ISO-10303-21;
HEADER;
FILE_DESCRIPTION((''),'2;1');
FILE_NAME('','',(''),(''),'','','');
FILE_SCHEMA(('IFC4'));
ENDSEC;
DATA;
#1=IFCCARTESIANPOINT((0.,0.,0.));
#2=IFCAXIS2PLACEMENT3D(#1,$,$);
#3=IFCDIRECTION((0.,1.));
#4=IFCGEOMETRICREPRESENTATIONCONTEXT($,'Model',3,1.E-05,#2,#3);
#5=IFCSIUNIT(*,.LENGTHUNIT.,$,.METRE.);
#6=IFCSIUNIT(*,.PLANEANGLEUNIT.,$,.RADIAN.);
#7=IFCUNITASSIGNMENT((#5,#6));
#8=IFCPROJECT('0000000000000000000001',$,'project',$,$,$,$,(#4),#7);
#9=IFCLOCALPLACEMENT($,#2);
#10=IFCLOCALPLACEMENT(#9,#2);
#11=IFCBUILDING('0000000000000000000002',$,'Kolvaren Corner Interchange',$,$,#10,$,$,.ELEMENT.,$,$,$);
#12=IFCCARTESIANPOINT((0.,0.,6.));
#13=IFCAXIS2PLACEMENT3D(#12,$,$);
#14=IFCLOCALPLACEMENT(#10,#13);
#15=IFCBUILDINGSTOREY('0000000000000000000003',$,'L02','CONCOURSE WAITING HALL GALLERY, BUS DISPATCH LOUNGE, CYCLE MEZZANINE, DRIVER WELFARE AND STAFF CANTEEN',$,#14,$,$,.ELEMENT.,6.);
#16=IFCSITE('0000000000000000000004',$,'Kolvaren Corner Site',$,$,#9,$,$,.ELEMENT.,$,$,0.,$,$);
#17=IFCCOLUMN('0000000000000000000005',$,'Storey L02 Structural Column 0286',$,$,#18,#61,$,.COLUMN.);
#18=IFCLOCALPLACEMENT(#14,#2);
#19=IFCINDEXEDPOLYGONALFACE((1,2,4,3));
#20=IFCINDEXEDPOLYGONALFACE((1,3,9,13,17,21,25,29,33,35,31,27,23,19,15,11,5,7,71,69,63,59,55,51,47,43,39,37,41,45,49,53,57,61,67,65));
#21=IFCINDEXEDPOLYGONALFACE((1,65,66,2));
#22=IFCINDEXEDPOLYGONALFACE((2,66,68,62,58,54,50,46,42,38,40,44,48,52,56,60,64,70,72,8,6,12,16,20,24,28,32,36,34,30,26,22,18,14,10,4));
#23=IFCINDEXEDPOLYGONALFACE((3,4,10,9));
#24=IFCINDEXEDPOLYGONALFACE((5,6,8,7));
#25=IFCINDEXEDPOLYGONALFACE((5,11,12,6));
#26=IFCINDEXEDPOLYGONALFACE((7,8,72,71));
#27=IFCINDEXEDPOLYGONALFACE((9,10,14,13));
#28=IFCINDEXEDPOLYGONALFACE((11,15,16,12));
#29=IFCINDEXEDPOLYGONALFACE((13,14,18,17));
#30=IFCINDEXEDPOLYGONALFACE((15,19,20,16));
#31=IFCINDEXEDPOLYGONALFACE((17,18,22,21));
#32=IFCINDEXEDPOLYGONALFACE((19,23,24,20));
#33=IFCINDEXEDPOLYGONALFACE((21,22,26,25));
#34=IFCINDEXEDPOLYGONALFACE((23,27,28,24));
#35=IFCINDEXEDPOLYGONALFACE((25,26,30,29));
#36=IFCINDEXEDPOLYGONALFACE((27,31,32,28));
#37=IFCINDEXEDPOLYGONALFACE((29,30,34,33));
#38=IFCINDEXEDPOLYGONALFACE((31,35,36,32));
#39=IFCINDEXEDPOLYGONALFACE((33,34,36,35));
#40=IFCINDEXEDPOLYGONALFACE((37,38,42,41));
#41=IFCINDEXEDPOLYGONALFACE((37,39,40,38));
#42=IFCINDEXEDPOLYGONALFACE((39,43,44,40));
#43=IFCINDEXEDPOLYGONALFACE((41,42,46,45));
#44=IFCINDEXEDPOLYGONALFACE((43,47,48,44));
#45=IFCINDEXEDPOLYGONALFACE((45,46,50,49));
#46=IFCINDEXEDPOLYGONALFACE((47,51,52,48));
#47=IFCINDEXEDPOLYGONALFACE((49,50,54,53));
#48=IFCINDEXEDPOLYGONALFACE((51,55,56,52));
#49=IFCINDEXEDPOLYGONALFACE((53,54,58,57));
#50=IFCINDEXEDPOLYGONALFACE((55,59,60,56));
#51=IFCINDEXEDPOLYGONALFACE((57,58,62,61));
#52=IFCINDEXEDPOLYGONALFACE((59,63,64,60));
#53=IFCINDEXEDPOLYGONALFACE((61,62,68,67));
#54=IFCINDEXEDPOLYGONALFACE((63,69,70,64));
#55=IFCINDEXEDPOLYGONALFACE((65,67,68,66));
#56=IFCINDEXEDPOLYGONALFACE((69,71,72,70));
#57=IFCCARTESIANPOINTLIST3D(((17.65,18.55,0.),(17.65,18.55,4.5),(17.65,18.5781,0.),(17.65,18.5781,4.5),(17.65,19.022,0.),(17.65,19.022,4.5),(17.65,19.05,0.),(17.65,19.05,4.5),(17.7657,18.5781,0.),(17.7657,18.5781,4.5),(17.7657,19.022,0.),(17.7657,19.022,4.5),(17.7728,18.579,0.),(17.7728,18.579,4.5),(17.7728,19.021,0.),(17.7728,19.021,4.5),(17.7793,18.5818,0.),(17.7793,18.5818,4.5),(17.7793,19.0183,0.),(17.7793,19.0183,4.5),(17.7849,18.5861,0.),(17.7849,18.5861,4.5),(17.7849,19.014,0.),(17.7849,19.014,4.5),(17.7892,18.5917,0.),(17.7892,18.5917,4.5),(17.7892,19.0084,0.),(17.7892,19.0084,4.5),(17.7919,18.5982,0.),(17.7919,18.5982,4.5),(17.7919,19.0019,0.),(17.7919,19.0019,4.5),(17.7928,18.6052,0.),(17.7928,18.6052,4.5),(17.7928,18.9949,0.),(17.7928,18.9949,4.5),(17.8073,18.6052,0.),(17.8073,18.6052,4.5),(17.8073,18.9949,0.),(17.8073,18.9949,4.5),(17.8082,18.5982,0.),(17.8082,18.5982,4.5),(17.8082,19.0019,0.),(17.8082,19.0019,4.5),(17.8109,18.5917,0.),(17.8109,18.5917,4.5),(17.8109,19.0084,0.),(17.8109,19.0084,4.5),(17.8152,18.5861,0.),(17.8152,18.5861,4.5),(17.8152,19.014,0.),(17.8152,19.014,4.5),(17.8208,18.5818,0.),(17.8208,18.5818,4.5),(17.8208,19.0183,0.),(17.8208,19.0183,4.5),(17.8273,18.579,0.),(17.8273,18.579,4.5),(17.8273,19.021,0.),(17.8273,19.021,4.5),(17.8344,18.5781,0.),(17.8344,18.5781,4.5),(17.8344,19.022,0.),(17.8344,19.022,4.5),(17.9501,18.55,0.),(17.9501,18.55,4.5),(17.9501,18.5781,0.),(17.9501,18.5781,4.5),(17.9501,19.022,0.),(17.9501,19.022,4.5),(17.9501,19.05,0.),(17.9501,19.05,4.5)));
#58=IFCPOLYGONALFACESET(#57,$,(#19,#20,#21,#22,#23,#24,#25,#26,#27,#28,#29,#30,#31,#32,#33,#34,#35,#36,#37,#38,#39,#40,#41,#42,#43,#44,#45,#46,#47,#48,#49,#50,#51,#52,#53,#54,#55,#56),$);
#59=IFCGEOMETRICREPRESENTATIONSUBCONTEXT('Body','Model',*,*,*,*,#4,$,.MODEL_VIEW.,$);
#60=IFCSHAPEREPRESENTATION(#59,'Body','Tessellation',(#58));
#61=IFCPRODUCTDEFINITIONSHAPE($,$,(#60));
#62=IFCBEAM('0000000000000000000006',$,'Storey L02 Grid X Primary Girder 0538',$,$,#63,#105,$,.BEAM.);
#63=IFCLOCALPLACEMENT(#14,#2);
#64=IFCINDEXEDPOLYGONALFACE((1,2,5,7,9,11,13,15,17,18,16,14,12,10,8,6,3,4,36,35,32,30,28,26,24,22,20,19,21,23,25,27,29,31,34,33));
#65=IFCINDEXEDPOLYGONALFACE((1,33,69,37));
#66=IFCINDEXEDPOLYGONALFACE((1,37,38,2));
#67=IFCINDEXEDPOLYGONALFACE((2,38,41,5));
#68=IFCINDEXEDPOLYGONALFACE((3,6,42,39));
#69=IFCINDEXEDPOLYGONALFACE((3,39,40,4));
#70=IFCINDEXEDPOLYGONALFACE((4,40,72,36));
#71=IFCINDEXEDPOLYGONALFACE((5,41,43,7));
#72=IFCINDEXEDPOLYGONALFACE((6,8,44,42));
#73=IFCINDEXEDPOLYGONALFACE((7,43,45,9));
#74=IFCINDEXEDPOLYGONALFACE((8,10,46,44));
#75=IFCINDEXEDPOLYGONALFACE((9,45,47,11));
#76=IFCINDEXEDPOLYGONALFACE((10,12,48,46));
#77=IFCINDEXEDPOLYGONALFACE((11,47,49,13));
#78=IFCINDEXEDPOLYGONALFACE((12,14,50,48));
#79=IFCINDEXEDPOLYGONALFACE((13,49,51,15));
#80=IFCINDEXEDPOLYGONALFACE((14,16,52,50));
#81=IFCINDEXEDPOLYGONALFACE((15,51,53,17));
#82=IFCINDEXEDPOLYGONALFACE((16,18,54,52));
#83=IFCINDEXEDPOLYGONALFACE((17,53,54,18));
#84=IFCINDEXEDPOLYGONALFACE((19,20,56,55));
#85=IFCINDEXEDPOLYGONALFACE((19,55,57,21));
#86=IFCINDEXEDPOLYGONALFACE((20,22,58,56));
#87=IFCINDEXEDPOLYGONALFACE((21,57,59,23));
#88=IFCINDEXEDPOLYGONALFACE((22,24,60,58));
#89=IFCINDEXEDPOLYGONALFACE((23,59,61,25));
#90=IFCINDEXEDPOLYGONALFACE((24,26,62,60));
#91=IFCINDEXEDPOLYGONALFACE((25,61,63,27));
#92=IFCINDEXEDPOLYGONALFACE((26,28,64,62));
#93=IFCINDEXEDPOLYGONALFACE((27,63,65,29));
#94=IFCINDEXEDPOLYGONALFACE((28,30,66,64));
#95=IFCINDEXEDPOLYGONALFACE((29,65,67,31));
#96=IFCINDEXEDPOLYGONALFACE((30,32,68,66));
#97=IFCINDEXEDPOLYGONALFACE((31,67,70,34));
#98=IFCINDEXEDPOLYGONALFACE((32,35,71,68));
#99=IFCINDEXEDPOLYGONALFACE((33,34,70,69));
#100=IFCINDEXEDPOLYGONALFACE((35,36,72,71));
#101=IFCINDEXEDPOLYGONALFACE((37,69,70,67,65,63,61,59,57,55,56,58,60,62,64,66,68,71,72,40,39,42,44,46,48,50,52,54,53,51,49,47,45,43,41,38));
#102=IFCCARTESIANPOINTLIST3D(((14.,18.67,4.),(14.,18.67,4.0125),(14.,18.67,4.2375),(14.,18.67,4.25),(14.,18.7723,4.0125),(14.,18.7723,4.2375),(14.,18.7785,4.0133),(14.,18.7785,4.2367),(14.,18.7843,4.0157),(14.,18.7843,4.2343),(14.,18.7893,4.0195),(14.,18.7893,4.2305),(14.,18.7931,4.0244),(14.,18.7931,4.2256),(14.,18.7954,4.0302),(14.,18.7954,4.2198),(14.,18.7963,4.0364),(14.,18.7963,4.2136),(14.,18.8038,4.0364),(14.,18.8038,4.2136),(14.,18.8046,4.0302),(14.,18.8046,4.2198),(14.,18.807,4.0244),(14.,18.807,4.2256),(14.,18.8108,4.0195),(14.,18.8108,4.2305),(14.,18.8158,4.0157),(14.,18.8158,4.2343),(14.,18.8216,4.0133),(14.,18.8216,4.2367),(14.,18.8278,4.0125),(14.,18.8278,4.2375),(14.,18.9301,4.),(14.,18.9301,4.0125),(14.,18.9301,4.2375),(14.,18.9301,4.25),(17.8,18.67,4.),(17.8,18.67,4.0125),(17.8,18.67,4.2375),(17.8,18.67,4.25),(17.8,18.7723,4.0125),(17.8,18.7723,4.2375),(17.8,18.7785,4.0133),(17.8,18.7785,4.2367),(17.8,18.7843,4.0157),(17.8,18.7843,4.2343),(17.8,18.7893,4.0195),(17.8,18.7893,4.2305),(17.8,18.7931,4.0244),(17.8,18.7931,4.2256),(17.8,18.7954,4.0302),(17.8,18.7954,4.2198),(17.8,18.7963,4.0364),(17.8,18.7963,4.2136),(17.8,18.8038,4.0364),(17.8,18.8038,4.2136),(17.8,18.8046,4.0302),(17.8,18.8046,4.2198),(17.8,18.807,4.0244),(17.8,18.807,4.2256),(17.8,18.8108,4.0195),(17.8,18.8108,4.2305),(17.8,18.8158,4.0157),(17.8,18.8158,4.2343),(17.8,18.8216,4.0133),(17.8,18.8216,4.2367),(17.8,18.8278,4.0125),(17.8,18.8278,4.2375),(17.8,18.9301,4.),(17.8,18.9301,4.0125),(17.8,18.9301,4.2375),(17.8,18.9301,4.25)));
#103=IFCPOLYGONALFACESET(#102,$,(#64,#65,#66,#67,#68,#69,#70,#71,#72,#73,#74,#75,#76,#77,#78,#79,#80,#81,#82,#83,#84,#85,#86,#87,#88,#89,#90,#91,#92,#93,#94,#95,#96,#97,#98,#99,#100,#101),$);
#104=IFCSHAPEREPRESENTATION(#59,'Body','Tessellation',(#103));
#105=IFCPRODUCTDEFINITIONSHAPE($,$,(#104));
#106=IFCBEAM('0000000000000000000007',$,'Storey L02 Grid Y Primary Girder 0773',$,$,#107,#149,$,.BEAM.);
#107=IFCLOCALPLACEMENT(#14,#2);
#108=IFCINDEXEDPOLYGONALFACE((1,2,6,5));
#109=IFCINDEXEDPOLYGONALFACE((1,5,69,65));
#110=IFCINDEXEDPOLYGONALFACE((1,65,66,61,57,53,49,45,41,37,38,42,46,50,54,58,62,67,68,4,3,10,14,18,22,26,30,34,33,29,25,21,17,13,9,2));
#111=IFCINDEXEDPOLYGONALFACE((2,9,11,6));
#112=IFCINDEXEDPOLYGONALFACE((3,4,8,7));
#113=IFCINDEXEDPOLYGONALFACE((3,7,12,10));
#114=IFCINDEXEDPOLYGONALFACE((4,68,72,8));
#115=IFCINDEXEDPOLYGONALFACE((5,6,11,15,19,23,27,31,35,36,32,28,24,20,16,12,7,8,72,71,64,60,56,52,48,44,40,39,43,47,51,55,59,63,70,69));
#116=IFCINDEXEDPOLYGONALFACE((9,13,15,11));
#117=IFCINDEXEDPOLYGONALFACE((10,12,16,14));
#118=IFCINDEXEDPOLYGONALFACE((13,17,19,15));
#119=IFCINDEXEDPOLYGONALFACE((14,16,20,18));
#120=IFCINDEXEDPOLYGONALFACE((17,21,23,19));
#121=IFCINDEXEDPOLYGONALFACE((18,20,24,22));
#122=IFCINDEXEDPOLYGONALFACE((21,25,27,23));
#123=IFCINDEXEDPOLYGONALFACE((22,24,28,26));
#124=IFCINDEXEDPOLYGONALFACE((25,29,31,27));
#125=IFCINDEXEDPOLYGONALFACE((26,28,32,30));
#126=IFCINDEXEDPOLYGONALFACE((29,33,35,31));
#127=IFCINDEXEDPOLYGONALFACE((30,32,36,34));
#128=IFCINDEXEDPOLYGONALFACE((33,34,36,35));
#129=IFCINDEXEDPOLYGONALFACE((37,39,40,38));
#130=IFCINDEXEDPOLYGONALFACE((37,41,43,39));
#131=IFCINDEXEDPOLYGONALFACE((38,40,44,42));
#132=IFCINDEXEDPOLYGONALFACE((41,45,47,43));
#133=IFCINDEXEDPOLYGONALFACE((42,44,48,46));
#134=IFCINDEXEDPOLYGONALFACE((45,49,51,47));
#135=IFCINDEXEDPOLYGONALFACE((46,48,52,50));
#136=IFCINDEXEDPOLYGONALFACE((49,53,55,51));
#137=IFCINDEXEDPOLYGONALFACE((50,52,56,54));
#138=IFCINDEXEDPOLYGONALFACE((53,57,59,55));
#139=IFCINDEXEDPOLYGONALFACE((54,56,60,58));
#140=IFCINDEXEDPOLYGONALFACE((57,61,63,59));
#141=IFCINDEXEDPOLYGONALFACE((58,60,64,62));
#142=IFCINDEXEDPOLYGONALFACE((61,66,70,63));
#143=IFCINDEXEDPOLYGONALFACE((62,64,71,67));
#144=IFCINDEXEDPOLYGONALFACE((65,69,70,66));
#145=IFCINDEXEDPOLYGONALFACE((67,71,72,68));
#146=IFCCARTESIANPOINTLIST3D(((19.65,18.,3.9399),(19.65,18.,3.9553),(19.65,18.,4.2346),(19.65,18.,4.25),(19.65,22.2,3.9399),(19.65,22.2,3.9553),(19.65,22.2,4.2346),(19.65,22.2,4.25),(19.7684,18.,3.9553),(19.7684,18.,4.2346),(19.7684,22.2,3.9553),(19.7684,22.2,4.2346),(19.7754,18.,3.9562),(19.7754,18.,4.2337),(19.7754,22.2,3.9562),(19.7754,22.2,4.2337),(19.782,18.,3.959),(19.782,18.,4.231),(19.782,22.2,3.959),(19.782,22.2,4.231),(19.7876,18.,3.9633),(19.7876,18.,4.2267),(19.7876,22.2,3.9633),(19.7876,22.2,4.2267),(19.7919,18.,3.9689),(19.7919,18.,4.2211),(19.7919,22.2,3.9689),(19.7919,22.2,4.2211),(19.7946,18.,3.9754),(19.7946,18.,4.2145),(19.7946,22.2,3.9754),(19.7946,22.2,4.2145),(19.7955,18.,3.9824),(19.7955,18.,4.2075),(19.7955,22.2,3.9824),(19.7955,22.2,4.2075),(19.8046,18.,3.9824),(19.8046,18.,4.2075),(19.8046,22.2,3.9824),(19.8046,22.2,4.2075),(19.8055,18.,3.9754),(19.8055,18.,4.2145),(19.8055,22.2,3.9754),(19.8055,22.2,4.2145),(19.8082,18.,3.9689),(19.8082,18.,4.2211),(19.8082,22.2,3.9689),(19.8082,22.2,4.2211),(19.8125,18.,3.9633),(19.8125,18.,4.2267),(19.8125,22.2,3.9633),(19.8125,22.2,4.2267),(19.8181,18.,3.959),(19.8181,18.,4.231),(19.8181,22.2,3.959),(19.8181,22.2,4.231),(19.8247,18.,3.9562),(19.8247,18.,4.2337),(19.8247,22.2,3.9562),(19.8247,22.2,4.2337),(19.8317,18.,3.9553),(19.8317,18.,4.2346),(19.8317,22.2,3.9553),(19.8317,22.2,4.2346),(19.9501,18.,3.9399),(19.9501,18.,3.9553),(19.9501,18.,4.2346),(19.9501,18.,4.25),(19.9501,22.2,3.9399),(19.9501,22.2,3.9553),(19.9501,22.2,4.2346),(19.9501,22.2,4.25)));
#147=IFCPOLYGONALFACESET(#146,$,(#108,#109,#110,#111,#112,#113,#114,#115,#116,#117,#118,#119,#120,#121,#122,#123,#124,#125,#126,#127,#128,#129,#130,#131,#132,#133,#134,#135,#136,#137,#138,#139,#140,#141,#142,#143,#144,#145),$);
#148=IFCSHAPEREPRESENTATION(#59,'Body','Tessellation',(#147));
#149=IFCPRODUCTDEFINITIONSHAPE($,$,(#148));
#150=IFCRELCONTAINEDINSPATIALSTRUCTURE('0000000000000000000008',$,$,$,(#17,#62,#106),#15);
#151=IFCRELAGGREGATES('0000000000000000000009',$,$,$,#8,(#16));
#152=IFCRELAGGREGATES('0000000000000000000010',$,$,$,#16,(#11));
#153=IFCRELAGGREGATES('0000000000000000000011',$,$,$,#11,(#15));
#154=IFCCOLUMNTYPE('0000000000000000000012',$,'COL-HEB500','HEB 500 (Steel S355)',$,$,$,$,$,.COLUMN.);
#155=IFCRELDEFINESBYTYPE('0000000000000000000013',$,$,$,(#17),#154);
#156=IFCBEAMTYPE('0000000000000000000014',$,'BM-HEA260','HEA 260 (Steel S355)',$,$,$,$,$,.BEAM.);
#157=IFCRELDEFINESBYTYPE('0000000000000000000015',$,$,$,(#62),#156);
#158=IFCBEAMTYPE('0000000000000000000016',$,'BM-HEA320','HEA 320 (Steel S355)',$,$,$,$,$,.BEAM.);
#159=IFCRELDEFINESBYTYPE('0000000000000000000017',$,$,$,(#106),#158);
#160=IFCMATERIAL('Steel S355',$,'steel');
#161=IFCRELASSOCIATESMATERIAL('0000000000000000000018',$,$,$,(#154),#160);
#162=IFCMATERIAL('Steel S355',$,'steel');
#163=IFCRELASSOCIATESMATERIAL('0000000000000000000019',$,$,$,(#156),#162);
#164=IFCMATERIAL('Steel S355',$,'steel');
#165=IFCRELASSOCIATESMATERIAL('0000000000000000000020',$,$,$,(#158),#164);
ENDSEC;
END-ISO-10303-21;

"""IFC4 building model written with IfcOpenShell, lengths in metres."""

from ifc_helpers import new_model, si_unit, direction, frame, origin, origin_2d, place, context, subcontext, project, spatial, i_section, extrude, material, material_profile, profile_set, type_object, element, save


model = new_model("IFC4")

# Units and contexts
model_context = context("Model", 3, precision=1e-05, world=origin(), true_north=direction((0.0, 1.0)))
body_context = subcontext(model_context, "Body", "Model", "MODEL_VIEW")
ifc_project = project(units=[si_unit("LENGTHUNIT", "METRE"), si_unit("PLANEANGLEUNIT", "RADIAN")], contexts=[model_context])

# Site, building, storey
site_placement = place(None, origin())
site = spatial("IfcSite", under=ifc_project, at=site_placement, Name="Kolvaren Corner Site", CompositionType="ELEMENT", RefElevation=0.0)
building_placement = place(site_placement, origin())
building = spatial("IfcBuilding", under=site, at=building_placement, Name="Kolvaren Corner Interchange", CompositionType="ELEMENT")
storey_placement = place(building_placement, frame((0.0, 0.0, 6.0)))
storey = spatial("IfcBuildingStorey", under=building, at=storey_placement, Name="L02", Description="CONCOURSE WAITING HALL GALLERY, BUS DISPATCH LOUNGE, CYCLE MEZZANINE, DRIVER WELFARE AND STAFF CANTEEN", CompositionType="ELEMENT", Elevation=6.0)

# Column
ifc_material_1 = material(Name="Steel S355", Category="steel")
ifc_material_profile_1 = material_profile(ifc_material_1, i_section(OverallWidth=0.3, OverallDepth=0.5, WebThickness=0.0144, FlangeThickness=0.0281, FilletRadius=0.0271, at=origin_2d()), Name="HEB 500")
ifc_profile_set_1 = profile_set([ifc_material_profile_1], Name="Steel S355")
column_type = type_object("IfcColumnType", Name="COL-HEB500", Description="HEB 500 (Steel S355)", PredefinedType="COLUMN", material=ifc_profile_set_1)
for number, where, z_axis, x_axis, name in (
    (1, (17.8, 18.8, 0.0), (0.0, 0.0, 1.0), (1.0, 0.0, 0.0), "Storey L02 Structural Column 0286"),
):
    element("IfcColumn", number, at=place(storey_placement, frame(where, z_axis=z_axis, x_axis=x_axis)), inside=storey, type_object=column_type, Name=name, PredefinedType="COLUMN", context=body_context, shape_type="SweptSolid", body=[
        extrude(i_section(OverallWidth=0.3, OverallDepth=0.5, WebThickness=0.0144, FlangeThickness=0.0281, FilletRadius=0.0271, at=origin_2d()), origin(), (0.0, 0.0, 1.0), 4.5),
    ])

# Beams
ifc_material_2 = material(Name="Steel S355", Category="steel")
ifc_material_profile_2 = material_profile(ifc_material_2, i_section(OverallWidth=0.26, OverallDepth=0.25, WebThickness=0.0076, FlangeThickness=0.0125, FilletRadius=0.0239, at=origin_2d()), Name="HEA 260")
ifc_profile_set_2 = profile_set([ifc_material_profile_2], Name="Steel S355")
beam_type_1 = type_object("IfcBeamType", Name="BM-HEA260", Description="HEA 260 (Steel S355)", PredefinedType="BEAM", material=ifc_profile_set_2)
beam_1_placement = place(storey_placement, frame((14.0, 18.8, 4.125), z_axis=(1.0, 0.0, 0.0), x_axis=(0.0, 1.0, 0.0)))
element("IfcBeam", 2, at=beam_1_placement, inside=storey, type_object=beam_type_1, Name="Storey L02 Grid X Primary Girder 0538", PredefinedType="BEAM", context=body_context, shape_type="SweptSolid", body=[
    extrude(i_section(OverallWidth=0.26, OverallDepth=0.25, WebThickness=0.0076, FlangeThickness=0.0125, FilletRadius=0.0239, at=origin_2d()), origin(), (0.0, 0.0, 1.0), 3.8),
])
ifc_material_3 = material(Name="Steel S355", Category="steel")
ifc_material_profile_3 = material_profile(ifc_material_3, i_section(OverallWidth=0.3, OverallDepth=0.3101, WebThickness=0.009, FlangeThickness=0.0154, FilletRadius=0.0271, at=origin_2d()), Name="HEA 320")
ifc_profile_set_3 = profile_set([ifc_material_profile_3], Name="Steel S355")
beam_type_2 = type_object("IfcBeamType", Name="BM-HEA320", Description="HEA 320 (Steel S355)", PredefinedType="BEAM", material=ifc_profile_set_3)
beam_2_placement = place(storey_placement, frame((19.8, 18.0, 4.095), z_axis=(0.0, 1.0, 0.0), x_axis=(-1.0, 0.0, 0.0)))
element("IfcBeam", 3, at=beam_2_placement, inside=storey, type_object=beam_type_2, Name="Storey L02 Grid Y Primary Girder 0773", PredefinedType="BEAM", context=body_context, shape_type="SweptSolid", body=[
    extrude(i_section(OverallWidth=0.3, OverallDepth=0.3101, WebThickness=0.009, FlangeThickness=0.0154, FilletRadius=0.0271, at=origin_2d()), origin(), (0.0, 0.0, 1.0), 4.2),
])

save(model, "model.ifc")
